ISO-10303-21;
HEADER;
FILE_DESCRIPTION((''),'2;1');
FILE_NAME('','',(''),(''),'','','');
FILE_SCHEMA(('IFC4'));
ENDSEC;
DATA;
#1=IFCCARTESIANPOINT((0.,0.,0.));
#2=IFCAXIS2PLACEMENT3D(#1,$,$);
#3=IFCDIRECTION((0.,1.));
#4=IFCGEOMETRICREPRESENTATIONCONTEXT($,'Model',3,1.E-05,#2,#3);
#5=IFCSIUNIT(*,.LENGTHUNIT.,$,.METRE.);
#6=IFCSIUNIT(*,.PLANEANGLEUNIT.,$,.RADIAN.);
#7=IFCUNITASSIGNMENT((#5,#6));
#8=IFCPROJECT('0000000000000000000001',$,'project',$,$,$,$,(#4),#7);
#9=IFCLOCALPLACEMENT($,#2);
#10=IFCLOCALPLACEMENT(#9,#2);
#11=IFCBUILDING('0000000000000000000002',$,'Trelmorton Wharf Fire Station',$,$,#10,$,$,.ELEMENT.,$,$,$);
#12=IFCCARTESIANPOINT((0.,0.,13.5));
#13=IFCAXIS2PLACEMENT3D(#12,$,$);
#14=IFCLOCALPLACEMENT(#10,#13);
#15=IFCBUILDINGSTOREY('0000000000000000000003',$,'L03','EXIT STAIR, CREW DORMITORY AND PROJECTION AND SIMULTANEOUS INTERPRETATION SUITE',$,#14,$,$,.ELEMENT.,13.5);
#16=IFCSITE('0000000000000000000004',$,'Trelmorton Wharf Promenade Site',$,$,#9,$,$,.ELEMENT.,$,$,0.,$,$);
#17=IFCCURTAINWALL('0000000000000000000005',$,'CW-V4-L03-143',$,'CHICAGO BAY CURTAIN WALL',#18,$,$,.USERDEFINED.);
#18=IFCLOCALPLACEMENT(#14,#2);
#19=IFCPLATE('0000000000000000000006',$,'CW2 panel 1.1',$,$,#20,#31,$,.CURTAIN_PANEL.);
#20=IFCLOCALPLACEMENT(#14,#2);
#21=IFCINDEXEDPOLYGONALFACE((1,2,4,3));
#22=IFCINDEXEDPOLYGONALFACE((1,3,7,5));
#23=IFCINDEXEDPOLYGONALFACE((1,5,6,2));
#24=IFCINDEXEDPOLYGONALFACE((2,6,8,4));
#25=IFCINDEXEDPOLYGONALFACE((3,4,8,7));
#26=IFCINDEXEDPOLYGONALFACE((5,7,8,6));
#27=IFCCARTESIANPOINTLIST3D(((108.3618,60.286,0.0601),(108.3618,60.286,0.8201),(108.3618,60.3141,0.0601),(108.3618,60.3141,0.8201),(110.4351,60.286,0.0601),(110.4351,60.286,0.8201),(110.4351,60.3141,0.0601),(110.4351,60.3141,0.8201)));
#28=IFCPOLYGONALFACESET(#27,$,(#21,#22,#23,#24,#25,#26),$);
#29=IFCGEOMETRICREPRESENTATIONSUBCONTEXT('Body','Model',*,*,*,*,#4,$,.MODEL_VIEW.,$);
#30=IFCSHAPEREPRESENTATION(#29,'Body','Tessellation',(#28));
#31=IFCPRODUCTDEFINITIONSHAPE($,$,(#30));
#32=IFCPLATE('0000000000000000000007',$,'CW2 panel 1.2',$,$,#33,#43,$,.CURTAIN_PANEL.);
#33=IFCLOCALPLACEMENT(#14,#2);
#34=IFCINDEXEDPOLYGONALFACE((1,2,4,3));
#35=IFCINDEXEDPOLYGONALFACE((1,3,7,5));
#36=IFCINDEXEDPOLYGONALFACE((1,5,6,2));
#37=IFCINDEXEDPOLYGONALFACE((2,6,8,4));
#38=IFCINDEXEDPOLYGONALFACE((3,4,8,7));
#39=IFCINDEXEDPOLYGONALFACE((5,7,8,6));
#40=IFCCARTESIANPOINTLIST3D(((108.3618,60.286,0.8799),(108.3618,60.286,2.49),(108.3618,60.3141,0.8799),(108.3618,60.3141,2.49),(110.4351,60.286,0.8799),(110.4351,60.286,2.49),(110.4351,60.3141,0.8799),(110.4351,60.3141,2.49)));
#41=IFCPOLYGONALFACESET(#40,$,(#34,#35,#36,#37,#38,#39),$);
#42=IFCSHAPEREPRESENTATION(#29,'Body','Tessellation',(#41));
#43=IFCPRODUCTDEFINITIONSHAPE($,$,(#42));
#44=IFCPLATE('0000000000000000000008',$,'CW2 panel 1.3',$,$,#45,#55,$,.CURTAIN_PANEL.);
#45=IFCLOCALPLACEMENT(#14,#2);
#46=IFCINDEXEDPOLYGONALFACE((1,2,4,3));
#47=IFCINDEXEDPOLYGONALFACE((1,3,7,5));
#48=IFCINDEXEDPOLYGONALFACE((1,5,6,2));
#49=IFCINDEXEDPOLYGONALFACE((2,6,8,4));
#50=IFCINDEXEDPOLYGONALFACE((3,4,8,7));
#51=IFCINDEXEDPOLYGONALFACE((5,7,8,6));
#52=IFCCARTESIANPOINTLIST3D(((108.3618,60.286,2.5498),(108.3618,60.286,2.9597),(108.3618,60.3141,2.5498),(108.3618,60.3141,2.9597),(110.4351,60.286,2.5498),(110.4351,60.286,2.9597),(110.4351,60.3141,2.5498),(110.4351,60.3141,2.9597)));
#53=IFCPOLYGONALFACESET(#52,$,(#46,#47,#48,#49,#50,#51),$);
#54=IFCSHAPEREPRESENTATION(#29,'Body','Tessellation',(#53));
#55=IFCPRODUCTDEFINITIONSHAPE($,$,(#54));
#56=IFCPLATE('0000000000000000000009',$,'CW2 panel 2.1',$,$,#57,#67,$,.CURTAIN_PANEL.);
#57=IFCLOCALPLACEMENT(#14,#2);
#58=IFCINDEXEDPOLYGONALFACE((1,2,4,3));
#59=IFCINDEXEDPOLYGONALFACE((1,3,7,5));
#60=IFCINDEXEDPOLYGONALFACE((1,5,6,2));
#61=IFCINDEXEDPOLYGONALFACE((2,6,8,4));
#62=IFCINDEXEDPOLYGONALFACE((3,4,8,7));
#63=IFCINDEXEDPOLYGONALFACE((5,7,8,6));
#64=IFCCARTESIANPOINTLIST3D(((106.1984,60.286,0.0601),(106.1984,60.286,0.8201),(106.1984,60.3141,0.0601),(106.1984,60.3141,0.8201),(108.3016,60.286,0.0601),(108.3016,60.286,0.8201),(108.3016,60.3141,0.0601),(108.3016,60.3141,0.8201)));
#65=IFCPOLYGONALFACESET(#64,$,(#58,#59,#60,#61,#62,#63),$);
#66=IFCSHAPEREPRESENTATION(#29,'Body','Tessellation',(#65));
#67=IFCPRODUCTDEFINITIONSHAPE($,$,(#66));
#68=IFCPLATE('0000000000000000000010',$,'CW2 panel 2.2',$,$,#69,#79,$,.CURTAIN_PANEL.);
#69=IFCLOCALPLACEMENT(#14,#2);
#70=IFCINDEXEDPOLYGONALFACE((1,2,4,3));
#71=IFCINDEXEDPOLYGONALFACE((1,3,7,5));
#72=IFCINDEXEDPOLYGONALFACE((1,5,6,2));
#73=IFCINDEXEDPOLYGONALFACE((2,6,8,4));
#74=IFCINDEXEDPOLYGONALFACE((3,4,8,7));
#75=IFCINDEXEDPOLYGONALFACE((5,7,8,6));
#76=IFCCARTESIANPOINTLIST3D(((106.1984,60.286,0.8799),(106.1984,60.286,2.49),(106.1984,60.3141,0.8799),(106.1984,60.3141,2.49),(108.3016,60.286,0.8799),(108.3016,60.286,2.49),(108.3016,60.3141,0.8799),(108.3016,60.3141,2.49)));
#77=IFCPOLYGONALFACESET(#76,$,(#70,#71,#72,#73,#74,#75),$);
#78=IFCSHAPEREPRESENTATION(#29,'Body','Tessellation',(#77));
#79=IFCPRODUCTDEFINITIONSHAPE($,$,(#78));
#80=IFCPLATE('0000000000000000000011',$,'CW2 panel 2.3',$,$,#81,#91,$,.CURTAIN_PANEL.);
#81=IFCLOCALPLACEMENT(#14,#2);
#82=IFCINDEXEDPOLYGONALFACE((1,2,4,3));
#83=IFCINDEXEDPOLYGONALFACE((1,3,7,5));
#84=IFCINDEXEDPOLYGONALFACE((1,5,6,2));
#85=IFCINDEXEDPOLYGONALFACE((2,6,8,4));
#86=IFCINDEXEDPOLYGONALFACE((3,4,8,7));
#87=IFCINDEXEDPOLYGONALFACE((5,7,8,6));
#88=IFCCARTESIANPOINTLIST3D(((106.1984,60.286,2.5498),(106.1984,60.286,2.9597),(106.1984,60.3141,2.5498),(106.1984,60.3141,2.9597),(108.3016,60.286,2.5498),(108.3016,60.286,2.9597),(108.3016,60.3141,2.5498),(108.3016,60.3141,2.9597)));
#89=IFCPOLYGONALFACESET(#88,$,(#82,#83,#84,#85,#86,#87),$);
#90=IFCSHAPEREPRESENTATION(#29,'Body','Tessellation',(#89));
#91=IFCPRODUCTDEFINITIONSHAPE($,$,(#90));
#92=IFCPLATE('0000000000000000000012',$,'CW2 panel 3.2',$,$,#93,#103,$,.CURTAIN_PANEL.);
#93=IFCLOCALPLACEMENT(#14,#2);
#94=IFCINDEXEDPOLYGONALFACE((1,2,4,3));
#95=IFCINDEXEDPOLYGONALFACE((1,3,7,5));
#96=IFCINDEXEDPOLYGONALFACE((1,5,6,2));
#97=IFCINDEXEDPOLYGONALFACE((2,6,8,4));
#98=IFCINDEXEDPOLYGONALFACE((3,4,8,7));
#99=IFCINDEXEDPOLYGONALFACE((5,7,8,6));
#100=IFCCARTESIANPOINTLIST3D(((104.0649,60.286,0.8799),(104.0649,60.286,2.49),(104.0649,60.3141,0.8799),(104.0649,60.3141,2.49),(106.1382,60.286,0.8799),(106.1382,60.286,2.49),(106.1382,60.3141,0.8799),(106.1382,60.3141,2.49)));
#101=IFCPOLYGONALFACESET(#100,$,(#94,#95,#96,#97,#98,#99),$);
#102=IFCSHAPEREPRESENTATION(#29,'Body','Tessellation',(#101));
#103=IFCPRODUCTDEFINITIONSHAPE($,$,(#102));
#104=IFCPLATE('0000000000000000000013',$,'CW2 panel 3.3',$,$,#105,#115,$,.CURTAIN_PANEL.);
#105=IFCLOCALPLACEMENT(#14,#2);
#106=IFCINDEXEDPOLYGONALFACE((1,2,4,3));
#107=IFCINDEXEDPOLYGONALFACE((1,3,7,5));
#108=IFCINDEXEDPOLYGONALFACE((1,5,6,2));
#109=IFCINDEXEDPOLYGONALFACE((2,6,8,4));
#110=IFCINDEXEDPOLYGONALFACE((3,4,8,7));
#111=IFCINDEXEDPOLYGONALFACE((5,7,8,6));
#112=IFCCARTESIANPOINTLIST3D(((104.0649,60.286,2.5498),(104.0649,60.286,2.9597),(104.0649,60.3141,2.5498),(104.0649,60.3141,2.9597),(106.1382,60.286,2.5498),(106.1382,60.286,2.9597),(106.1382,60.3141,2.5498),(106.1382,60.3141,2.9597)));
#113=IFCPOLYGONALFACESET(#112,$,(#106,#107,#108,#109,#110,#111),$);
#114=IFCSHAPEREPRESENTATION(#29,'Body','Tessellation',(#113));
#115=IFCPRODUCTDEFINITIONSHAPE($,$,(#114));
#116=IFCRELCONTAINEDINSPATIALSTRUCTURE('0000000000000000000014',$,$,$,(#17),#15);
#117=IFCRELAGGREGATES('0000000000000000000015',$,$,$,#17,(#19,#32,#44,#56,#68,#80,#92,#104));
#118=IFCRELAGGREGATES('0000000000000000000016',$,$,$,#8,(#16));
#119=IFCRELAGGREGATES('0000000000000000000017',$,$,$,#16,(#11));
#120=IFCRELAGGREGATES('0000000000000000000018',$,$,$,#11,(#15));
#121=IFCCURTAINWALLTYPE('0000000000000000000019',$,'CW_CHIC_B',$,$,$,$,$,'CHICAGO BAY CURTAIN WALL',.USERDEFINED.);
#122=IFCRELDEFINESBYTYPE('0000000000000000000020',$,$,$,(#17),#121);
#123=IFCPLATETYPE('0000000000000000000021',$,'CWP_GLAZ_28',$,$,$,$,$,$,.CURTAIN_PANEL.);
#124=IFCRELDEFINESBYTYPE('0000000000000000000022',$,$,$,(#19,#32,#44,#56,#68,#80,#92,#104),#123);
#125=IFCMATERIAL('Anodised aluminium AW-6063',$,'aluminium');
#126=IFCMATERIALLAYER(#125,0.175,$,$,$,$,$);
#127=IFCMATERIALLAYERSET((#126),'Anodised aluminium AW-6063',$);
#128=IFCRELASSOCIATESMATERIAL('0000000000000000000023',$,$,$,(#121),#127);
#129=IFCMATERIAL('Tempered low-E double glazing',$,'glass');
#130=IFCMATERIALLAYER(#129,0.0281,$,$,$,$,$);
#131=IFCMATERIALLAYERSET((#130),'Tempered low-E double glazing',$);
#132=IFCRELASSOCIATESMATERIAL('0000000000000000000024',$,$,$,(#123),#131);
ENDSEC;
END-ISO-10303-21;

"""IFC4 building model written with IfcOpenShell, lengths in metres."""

from ifc_helpers import new_model, si_unit, direction, frame, origin, origin_2d, place, context, subcontext, project, spatial, rectangle, extrude, material, layer, layer_set, type_object, element, aggregate, save


model = new_model("IFC4")

# Units and contexts
model_context = context("Model", 3, precision=1e-05, world=origin(), true_north=direction((0.0, 1.0)))
body_context = subcontext(model_context, "Body", "Model", "MODEL_VIEW")
ifc_project = project(units=[si_unit("LENGTHUNIT", "METRE"), si_unit("PLANEANGLEUNIT", "RADIAN")], contexts=[model_context])

# Site, building, storey
site_placement = place(None, origin())
site = spatial("IfcSite", under=ifc_project, at=site_placement, Name="Trelmorton Wharf Promenade Site", CompositionType="ELEMENT", RefElevation=0.0)
building_placement = place(site_placement, origin())
building = spatial("IfcBuilding", under=site, at=building_placement, Name="Trelmorton Wharf Fire Station", CompositionType="ELEMENT")
storey_placement = place(building_placement, frame((0.0, 0.0, 13.5)))
storey = spatial("IfcBuildingStorey", under=building, at=storey_placement, Name="L03", Description="EXIT STAIR, CREW DORMITORY AND PROJECTION AND SIMULTANEOUS INTERPRETATION SUITE", CompositionType="ELEMENT", Elevation=13.5)

# Curtain wall, plates
ifc_material_1 = material(Name="Anodised aluminium AW-6063", Category="aluminium")
ifc_layer_1 = layer(ifc_material_1, 0.175)
ifc_layer_set_1 = layer_set([ifc_layer_1], Name="Anodised aluminium AW-6063")
curtain_wall_type = type_object("IfcCurtainWallType", Name="CW_CHIC_B", ElementType="CHICAGO BAY CURTAIN WALL", PredefinedType="USERDEFINED", material=ifc_layer_set_1)
curtain_wall_placement = place(storey_placement, origin())
curtain_wall = element("IfcCurtainWall", 1, at=curtain_wall_placement, inside=storey, type_object=curtain_wall_type, Name="CW-V4-L03-143", ObjectType="CHICAGO BAY CURTAIN WALL", PredefinedType="USERDEFINED")
ifc_material_2 = material(Name="Tempered low-E double glazing", Category="glass")
ifc_layer_2 = layer(ifc_material_2, 0.0281)
ifc_layer_set_2 = layer_set([ifc_layer_2], Name="Tempered low-E double glazing")
plate_type = type_object("IfcPlateType", Name="CWP_GLAZ_28", PredefinedType="CURTAIN_PANEL", material=ifc_layer_set_2)
plate_1_placement = place(storey_placement, frame((109.3984, 60.3, 0.0601), z_axis=(0.0, 0.0, 1.0), x_axis=(-1.0, 0.0, 0.0)))
plate_1 = element("IfcPlate", 2, at=plate_1_placement, type_object=plate_type, Name="CW2 panel 1.1", PredefinedType="CURTAIN_PANEL", context=body_context, shape_type="SweptSolid", body=[
    extrude(rectangle(XDim=2.0732, YDim=0.0281, at=origin_2d()), origin(), (0.0, 0.0, 1.0), 0.76),
])
plate_2_placement = place(storey_placement, frame((109.3984, 60.3, 0.8799), z_axis=(0.0, 0.0, 1.0), x_axis=(-1.0, 0.0, 0.0)))
plate_2 = element("IfcPlate", 3, at=plate_2_placement, type_object=plate_type, Name="CW2 panel 1.2", PredefinedType="CURTAIN_PANEL", context=body_context, shape_type="SweptSolid", body=[
    extrude(rectangle(XDim=2.0732, YDim=0.0281, at=origin_2d()), origin(), (0.0, 0.0, 1.0), 1.6101),
])
plate_3_placement = place(storey_placement, frame((109.3984, 60.3, 2.5498), z_axis=(0.0, 0.0, 1.0), x_axis=(-1.0, 0.0, 0.0)))
plate_3 = element("IfcPlate", 4, at=plate_3_placement, type_object=plate_type, Name="CW2 panel 1.3", PredefinedType="CURTAIN_PANEL", context=body_context, shape_type="SweptSolid", body=[
    extrude(rectangle(XDim=2.0732, YDim=0.0281, at=origin_2d()), origin(), (0.0, 0.0, 1.0), 0.4099),
])
plate_4_placement = place(storey_placement, frame((107.25, 60.3, 0.0601), z_axis=(0.0, 0.0, 1.0), x_axis=(-1.0, 0.0, 0.0)))
plate_4 = element("IfcPlate", 5, at=plate_4_placement, type_object=plate_type, Name="CW2 panel 2.1", PredefinedType="CURTAIN_PANEL", context=body_context, shape_type="SweptSolid", body=[
    extrude(rectangle(XDim=2.1033, YDim=0.0281, at=origin_2d()), origin(), (0.0, 0.0, 1.0), 0.76),
])
plate_5_placement = place(storey_placement, frame((107.25, 60.3, 0.8799), z_axis=(0.0, 0.0, 1.0), x_axis=(-1.0, 0.0, 0.0)))
plate_5 = element("IfcPlate", 6, at=plate_5_placement, type_object=plate_type, Name="CW2 panel 2.2", PredefinedType="CURTAIN_PANEL", context=body_context, shape_type="SweptSolid", body=[
    extrude(rectangle(XDim=2.1033, YDim=0.0281, at=origin_2d()), origin(), (0.0, 0.0, 1.0), 1.6101),
])
plate_6_placement = place(storey_placement, frame((107.25, 60.3, 2.5498), z_axis=(0.0, 0.0, 1.0), x_axis=(-1.0, 0.0, 0.0)))
plate_6 = element("IfcPlate", 7, at=plate_6_placement, type_object=plate_type, Name="CW2 panel 2.3", PredefinedType="CURTAIN_PANEL", context=body_context, shape_type="SweptSolid", body=[
    extrude(rectangle(XDim=2.1033, YDim=0.0281, at=origin_2d()), origin(), (0.0, 0.0, 1.0), 0.4099),
])
plate_7_placement = place(storey_placement, frame((105.1016, 60.3, 0.8799), z_axis=(0.0, 0.0, 1.0), x_axis=(-1.0, 0.0, 0.0)))
plate_7 = element("IfcPlate", 8, at=plate_7_placement, type_object=plate_type, Name="CW2 panel 3.2", PredefinedType="CURTAIN_PANEL", context=body_context, shape_type="SweptSolid", body=[
    extrude(rectangle(XDim=2.0732, YDim=0.0281, at=origin_2d()), origin(), (0.0, 0.0, 1.0), 1.6101),
])
plate_8_placement = place(storey_placement, frame((105.1016, 60.3, 2.5498), z_axis=(0.0, 0.0, 1.0), x_axis=(-1.0, 0.0, 0.0)))
plate_8 = element("IfcPlate", 9, at=plate_8_placement, type_object=plate_type, Name="CW2 panel 3.3", PredefinedType="CURTAIN_PANEL", context=body_context, shape_type="SweptSolid", body=[
    extrude(rectangle(XDim=2.0732, YDim=0.0281, at=origin_2d()), origin(), (0.0, 0.0, 1.0), 0.4099),
])
aggregate(curtain_wall, [plate_1, plate_2, plate_3, plate_4, plate_5, plate_6, plate_7, plate_8])

save(model, "model.ifc")
